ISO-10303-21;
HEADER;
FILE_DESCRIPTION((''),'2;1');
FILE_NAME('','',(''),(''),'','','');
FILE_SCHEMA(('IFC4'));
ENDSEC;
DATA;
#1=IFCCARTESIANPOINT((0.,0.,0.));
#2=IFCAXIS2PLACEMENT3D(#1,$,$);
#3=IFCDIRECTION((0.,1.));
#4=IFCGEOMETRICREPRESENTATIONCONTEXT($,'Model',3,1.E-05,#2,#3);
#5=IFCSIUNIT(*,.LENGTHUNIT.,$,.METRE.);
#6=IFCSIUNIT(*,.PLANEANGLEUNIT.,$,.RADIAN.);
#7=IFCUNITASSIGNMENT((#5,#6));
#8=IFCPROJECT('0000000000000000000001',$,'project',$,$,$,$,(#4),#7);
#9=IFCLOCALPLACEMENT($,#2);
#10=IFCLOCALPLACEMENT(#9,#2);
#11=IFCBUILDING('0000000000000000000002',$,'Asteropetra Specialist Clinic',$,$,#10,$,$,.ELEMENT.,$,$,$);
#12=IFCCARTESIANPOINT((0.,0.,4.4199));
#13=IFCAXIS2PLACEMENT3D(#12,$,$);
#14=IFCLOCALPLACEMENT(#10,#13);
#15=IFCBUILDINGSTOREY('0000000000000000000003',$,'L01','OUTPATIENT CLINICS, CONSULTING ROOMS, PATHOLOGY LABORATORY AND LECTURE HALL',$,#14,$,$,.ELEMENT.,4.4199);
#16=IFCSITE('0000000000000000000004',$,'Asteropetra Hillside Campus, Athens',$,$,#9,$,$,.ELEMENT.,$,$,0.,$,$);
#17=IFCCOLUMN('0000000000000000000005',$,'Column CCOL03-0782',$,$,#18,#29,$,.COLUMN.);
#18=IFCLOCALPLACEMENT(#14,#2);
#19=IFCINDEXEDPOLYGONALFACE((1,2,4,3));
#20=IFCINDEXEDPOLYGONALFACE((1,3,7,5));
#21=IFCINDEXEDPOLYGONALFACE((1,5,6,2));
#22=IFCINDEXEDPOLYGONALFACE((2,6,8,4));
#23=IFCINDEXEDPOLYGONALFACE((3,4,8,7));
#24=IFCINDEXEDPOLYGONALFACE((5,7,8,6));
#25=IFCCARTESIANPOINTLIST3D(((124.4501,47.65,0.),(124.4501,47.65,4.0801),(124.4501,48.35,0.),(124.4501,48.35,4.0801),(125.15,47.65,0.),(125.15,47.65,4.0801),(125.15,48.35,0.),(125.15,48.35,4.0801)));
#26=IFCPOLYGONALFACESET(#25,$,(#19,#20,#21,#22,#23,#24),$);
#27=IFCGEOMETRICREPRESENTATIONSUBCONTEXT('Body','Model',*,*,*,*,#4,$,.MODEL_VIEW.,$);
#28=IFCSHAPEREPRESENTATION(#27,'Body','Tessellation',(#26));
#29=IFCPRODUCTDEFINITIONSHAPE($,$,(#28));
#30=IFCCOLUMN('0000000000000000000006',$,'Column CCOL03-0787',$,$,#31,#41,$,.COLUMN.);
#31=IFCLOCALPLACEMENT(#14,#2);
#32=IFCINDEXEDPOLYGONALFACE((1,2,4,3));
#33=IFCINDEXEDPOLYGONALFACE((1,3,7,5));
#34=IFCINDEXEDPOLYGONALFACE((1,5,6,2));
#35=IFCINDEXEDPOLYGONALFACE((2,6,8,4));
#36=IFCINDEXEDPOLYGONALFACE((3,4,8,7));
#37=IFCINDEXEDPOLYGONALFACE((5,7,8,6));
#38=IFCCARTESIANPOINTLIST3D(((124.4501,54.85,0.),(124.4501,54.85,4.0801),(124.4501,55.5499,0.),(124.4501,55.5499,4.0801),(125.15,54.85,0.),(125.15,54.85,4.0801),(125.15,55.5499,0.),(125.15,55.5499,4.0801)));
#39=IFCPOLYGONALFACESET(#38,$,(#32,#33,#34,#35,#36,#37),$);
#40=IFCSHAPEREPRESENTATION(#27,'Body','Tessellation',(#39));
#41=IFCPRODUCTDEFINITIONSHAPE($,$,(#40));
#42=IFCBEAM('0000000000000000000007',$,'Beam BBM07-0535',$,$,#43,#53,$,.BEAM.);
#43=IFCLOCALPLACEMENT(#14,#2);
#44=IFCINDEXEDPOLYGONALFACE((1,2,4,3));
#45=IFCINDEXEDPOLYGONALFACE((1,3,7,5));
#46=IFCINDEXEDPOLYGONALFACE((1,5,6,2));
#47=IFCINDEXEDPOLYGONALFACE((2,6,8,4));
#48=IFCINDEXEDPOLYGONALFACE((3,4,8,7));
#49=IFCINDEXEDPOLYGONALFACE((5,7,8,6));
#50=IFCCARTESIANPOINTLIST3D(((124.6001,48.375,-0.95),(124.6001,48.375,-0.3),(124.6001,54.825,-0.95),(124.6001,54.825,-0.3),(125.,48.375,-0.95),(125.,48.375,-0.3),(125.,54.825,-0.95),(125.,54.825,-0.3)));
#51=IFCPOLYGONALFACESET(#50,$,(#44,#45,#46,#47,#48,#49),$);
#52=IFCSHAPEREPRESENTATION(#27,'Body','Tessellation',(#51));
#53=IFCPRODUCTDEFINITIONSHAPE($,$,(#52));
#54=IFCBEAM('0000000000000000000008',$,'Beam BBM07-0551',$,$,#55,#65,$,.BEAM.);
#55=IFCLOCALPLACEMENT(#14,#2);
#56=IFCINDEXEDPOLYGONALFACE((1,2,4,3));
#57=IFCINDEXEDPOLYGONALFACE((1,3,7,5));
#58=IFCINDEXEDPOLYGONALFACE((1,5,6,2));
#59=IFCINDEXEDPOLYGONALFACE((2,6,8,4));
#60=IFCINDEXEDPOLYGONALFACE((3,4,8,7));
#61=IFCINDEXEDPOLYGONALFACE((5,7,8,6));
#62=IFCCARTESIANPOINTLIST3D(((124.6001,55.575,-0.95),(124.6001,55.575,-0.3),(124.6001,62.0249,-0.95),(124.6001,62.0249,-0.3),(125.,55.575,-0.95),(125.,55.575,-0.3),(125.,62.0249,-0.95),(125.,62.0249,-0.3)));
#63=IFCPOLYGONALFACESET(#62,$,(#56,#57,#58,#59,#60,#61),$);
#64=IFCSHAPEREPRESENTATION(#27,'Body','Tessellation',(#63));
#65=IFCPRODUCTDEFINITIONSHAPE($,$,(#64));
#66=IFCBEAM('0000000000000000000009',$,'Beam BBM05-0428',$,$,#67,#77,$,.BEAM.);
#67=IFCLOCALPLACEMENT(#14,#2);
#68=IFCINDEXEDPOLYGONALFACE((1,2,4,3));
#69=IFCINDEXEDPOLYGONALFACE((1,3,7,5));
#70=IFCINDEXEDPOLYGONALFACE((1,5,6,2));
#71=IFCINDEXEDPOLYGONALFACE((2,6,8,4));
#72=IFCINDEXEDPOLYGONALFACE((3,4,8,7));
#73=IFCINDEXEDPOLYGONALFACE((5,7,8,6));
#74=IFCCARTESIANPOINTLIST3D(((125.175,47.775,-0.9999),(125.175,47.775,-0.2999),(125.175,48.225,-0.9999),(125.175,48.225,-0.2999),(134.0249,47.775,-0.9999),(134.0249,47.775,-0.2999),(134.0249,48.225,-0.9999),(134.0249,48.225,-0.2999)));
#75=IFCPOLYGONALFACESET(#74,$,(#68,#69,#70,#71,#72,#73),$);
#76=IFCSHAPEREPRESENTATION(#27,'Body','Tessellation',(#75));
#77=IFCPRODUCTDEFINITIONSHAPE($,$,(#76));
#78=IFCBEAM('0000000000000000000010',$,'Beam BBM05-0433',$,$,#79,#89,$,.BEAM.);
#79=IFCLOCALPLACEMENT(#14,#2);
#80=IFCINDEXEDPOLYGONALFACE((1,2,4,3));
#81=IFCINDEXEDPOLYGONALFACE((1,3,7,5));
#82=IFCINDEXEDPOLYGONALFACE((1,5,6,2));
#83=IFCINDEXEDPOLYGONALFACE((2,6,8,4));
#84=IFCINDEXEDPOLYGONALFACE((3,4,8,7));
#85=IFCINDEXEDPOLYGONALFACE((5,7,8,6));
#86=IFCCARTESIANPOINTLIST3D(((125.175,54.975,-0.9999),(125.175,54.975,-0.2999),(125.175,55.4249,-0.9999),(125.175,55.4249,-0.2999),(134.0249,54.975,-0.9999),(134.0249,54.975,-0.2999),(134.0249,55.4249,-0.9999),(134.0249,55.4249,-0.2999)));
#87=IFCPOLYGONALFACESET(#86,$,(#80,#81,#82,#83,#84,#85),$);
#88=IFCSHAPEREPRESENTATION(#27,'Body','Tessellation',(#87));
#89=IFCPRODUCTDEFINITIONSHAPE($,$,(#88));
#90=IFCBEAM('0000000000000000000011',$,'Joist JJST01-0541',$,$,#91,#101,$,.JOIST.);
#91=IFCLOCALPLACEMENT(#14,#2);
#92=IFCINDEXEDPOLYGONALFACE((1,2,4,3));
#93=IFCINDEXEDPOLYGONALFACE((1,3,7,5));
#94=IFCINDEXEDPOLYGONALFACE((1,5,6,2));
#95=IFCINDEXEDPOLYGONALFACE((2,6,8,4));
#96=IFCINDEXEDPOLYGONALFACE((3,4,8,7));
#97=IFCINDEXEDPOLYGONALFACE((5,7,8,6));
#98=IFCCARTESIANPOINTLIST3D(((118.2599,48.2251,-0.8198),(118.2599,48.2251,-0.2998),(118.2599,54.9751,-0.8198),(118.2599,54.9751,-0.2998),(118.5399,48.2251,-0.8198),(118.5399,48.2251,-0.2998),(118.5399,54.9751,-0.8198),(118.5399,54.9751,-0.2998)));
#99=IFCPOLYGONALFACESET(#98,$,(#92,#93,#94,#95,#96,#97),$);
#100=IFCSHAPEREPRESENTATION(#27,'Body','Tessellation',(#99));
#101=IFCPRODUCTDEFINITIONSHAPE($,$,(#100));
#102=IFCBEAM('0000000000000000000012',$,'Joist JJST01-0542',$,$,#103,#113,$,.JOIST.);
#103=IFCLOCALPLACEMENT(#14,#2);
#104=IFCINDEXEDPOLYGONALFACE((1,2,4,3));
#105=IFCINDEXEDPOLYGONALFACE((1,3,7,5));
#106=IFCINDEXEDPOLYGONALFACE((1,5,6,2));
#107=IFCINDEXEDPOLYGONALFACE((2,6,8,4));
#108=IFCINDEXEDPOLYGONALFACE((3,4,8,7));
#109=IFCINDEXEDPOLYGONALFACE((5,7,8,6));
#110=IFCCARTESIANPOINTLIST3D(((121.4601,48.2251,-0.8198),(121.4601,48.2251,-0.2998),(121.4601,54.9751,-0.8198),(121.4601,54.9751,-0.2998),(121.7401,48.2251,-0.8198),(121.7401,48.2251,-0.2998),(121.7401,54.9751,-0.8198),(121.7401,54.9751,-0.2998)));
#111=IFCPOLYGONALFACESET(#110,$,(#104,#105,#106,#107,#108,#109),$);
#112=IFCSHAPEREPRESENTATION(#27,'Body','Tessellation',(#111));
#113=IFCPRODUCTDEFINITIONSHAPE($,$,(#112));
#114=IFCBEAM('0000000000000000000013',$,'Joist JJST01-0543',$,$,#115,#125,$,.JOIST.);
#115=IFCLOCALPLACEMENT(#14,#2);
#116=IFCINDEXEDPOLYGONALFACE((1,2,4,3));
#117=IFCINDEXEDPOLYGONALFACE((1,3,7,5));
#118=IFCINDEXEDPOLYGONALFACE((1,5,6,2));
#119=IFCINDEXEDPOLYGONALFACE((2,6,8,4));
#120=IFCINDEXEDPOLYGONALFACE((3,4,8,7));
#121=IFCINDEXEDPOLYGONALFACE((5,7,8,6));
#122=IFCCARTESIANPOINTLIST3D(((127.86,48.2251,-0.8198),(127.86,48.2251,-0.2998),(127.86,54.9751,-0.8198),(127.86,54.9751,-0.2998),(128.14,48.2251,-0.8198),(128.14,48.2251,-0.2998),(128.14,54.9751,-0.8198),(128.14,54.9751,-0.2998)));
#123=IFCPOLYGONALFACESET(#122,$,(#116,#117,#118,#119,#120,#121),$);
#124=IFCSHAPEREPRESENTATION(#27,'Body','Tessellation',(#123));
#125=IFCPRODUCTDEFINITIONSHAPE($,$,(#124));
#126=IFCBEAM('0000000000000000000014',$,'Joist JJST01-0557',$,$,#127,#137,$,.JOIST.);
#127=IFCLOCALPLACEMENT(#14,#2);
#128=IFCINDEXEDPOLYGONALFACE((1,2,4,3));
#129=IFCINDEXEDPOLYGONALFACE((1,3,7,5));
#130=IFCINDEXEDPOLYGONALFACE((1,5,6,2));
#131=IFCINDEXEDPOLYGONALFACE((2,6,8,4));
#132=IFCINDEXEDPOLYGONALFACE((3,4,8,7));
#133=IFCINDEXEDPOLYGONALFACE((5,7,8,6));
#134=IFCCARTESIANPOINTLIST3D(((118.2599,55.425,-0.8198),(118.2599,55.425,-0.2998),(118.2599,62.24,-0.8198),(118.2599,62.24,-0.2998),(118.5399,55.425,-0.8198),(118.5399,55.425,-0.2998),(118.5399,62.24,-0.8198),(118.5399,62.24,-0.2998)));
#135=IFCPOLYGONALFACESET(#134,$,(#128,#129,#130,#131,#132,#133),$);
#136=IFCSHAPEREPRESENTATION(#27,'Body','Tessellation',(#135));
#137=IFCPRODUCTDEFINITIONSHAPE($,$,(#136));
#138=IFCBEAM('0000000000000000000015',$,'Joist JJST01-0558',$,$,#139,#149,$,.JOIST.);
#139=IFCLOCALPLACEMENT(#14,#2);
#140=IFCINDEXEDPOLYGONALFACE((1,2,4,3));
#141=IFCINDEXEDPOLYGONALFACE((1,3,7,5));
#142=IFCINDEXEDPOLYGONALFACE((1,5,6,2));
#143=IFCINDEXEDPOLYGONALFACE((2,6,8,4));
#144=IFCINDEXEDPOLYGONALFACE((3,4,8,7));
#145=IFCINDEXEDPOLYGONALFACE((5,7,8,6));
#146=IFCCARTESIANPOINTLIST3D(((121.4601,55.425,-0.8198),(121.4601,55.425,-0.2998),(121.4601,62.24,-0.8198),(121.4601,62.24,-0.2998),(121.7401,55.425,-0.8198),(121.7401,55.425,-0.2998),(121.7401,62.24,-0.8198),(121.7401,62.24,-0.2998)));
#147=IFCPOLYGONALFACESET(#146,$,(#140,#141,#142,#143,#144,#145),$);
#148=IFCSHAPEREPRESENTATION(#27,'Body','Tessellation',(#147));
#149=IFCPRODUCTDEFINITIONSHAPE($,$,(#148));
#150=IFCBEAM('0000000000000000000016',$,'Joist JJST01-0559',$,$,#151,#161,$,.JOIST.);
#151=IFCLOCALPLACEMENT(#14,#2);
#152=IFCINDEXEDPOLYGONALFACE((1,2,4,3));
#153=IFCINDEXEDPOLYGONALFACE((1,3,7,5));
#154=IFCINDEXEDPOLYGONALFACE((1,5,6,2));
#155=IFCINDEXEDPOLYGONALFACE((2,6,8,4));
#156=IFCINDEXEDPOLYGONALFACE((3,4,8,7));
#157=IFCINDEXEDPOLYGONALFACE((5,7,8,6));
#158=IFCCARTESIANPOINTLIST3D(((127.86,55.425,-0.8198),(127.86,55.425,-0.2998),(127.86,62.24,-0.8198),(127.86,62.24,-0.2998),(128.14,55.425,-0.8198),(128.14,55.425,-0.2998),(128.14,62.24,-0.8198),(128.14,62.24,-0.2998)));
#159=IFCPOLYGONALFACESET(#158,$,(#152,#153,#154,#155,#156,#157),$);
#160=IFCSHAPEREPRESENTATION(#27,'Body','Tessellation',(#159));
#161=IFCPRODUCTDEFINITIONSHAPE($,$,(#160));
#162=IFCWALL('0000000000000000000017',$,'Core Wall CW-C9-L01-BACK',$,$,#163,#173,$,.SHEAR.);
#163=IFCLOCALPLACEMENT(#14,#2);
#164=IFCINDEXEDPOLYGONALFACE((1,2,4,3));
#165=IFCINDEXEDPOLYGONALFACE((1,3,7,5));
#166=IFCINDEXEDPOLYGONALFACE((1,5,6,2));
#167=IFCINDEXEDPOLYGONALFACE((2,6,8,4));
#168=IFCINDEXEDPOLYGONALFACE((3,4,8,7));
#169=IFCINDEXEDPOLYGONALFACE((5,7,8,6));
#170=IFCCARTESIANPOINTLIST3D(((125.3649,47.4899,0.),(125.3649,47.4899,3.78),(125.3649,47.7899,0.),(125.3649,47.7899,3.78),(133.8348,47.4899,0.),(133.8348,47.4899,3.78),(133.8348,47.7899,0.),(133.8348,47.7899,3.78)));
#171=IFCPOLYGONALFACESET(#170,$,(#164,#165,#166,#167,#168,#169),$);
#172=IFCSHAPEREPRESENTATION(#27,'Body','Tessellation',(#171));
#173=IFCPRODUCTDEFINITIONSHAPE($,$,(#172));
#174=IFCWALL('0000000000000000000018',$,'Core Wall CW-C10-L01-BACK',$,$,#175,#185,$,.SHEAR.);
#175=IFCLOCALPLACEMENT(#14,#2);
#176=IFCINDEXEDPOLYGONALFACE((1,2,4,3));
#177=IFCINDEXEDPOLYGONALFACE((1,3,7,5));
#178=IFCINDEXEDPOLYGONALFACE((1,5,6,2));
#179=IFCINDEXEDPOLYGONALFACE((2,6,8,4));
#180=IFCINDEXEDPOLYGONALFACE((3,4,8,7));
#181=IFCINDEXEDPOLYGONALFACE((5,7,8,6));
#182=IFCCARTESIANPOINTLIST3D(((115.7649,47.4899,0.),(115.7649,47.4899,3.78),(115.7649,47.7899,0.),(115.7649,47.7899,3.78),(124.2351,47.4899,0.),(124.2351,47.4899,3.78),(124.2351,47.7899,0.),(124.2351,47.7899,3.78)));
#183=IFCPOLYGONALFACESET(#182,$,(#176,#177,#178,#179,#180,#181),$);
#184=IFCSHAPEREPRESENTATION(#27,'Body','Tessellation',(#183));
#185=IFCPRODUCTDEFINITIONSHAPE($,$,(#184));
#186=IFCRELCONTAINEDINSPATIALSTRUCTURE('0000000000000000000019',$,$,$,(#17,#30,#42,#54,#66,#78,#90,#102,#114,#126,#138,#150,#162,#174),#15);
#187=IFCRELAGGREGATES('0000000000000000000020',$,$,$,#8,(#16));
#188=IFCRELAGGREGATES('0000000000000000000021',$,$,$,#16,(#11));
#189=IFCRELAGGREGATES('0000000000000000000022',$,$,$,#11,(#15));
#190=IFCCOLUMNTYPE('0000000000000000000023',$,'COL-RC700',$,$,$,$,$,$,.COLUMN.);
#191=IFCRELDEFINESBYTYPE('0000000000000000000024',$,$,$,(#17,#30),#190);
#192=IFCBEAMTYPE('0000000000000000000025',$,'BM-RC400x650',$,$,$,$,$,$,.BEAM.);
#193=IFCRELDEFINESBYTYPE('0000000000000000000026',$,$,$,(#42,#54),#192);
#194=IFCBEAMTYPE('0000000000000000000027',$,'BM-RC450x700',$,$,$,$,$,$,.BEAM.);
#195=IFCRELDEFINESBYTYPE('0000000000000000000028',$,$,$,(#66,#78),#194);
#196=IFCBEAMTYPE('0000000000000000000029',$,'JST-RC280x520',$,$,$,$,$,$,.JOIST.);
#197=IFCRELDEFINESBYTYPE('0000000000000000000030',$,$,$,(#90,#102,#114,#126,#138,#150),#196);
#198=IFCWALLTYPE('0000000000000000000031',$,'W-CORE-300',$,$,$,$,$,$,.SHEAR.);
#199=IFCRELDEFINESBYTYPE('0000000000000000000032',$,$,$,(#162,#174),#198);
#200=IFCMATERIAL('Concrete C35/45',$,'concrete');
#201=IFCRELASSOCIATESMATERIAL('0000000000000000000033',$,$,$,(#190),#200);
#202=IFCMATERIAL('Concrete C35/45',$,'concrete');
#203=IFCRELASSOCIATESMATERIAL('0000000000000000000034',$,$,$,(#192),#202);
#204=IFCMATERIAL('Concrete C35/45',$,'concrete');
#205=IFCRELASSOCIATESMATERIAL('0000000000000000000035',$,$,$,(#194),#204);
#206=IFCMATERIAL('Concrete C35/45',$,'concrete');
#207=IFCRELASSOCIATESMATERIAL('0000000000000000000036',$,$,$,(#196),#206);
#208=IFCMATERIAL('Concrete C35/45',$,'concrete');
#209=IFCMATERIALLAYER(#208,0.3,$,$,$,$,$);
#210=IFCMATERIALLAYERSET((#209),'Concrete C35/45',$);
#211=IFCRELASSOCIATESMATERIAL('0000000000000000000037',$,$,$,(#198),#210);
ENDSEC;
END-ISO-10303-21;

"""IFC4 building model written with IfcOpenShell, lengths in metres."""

from ifc_helpers import new_model, si_unit, direction, frame, frame_2d, origin, origin_2d, place, context, subcontext, project, spatial, rectangle, extrude, material, layer, layer_set, material_profile, profile_set, type_object, element, save


model = new_model("IFC4")

# Units and contexts
model_context = context("Model", 3, precision=1e-05, world=origin(), true_north=direction((0.0, 1.0)))
body_context = subcontext(model_context, "Body", "Model", "MODEL_VIEW")
ifc_project = project(units=[si_unit("LENGTHUNIT", "METRE"), si_unit("PLANEANGLEUNIT", "RADIAN")], contexts=[model_context])

# Site, building, storey
site_placement = place(None, origin())
site = spatial("IfcSite", under=ifc_project, at=site_placement, Name="Asteropetra Hillside Campus, Athens", CompositionType="ELEMENT", RefElevation=0.0)
building_placement = place(site_placement, origin())
building = spatial("IfcBuilding", under=site, at=building_placement, Name="Asteropetra Specialist Clinic", CompositionType="ELEMENT")
storey_placement = place(building_placement, frame((0.0, 0.0, 4.4199)))
storey = spatial("IfcBuildingStorey", under=building, at=storey_placement, Name="L01", Description="OUTPATIENT CLINICS, CONSULTING ROOMS, PATHOLOGY LABORATORY AND LECTURE HALL", CompositionType="ELEMENT", Elevation=4.4199)

# Columns
ifc_material_1 = material(Name="Concrete C35/45", Category="concrete")
ifc_material_profile_1 = material_profile(ifc_material_1, rectangle(XDim=0.7, YDim=0.7, at=origin_2d()), Name="RC 700x700")
ifc_profile_set_1 = profile_set([ifc_material_profile_1], Name="Concrete C35/45")
column_type = type_object("IfcColumnType", Name="COL-RC700", PredefinedType="COLUMN", material=ifc_profile_set_1)
for number, where, z_axis, x_axis, name in (
    (1, (124.8, 48.0, 0.0), (0.0, 0.0, 1.0), (1.0, 0.0, 0.0), "Column CCOL03-0782"),
    (2, (124.8, 55.2, 0.0), (0.0, 0.0, 1.0), (1.0, 0.0, 0.0), "Column CCOL03-0787"),
):
    element("IfcColumn", number, at=place(storey_placement, frame(where, z_axis=z_axis, x_axis=x_axis)), inside=storey, type_object=column_type, Name=name, PredefinedType="COLUMN", context=body_context, shape_type="SweptSolid", body=[
        extrude(rectangle(XDim=0.7, YDim=0.7, at=origin_2d()), origin(), (0.0, 0.0, 1.0), 4.0801),
    ])

# Beams
ifc_material_2 = material(Name="Concrete C35/45", Category="concrete")
ifc_material_profile_2 = material_profile(ifc_material_2, rectangle(XDim=0.3999, YDim=0.6499, at=origin_2d()), Name="RCB 400x650")
ifc_profile_set_2 = profile_set([ifc_material_profile_2], Name="Concrete C35/45")
beam_type_1 = type_object("IfcBeamType", Name="BM-RC400x650", PredefinedType="BEAM", material=ifc_profile_set_2)
for number, where, z_axis, x_axis, name in (
    (3, (124.8, 48.375, -0.625), (0.0, 1.0, 0.0), (-1.0, 0.0, 0.0), "Beam BBM07-0535"),
    (4, (124.8, 55.575, -0.625), (0.0, 1.0, 0.0), (-1.0, 0.0, 0.0), "Beam BBM07-0551"),
):
    element("IfcBeam", number, at=place(storey_placement, frame(where, z_axis=z_axis, x_axis=x_axis)), inside=storey, type_object=beam_type_1, Name=name, PredefinedType="BEAM", context=body_context, shape_type="SweptSolid", body=[
        extrude(rectangle(XDim=0.3999, YDim=0.6499, at=origin_2d()), origin(), (0.0, 0.0, 1.0), 6.45),
    ])
ifc_material_3 = material(Name="Concrete C35/45", Category="concrete")
ifc_material_profile_3 = material_profile(ifc_material_3, rectangle(XDim=0.45, YDim=0.7, at=origin_2d()), Name="RCB 450x700")
ifc_profile_set_3 = profile_set([ifc_material_profile_3], Name="Concrete C35/45")
beam_type_2 = type_object("IfcBeamType", Name="BM-RC450x700", PredefinedType="BEAM", material=ifc_profile_set_3)
for number, where, z_axis, x_axis, name in (
    (5, (125.175, 48.0, -0.6499), (1.0, 0.0, 0.0), (0.0, 1.0, 0.0), "Beam BBM05-0428"),
    (6, (125.175, 55.2, -0.6499), (1.0, 0.0, 0.0), (0.0, 1.0, 0.0), "Beam BBM05-0433"),
):
    element("IfcBeam", number, at=place(storey_placement, frame(where, z_axis=z_axis, x_axis=x_axis)), inside=storey, type_object=beam_type_2, Name=name, PredefinedType="BEAM", context=body_context, shape_type="SweptSolid", body=[
        extrude(rectangle(XDim=0.45, YDim=0.7, at=origin_2d()), origin(), (0.0, 0.0, 1.0), 8.8499),
    ])
ifc_material_4 = material(Name="Concrete C35/45", Category="concrete")
ifc_material_profile_4 = material_profile(ifc_material_4, rectangle(XDim=0.28, YDim=0.52, at=origin_2d()), Name="RCJ 280x520")
ifc_profile_set_4 = profile_set([ifc_material_profile_4], Name="Concrete C35/45")
beam_type_3 = type_object("IfcBeamType", Name="JST-RC280x520", PredefinedType="JOIST", material=ifc_profile_set_4)
for number, where, z_axis, x_axis, name in (
    (7, (118.3999, 48.2251, -0.5598), (0.0, 1.0, 0.0), (-1.0, 0.0, 0.0), "Joist JJST01-0541"),
    (8, (121.6001, 48.2251, -0.5598), (0.0, 1.0, 0.0), (-1.0, 0.0, 0.0), "Joist JJST01-0542"),
    (9, (128.0, 48.2251, -0.5598), (0.0, 1.0, 0.0), (-1.0, 0.0, 0.0), "Joist JJST01-0543"),
):
    element("IfcBeam", number, at=place(storey_placement, frame(where, z_axis=z_axis, x_axis=x_axis)), inside=storey, type_object=beam_type_3, Name=name, PredefinedType="JOIST", context=body_context, shape_type="SweptSolid", body=[
        extrude(rectangle(XDim=0.28, YDim=0.52, at=origin_2d()), origin(), (0.0, 0.0, 1.0), 6.75),
    ])
for number, where, z_axis, x_axis, name in (
    (10, (118.3999, 55.425, -0.5598), (0.0, 1.0, 0.0), (-1.0, 0.0, 0.0), "Joist JJST01-0557"),
    (11, (121.6001, 55.425, -0.5598), (0.0, 1.0, 0.0), (-1.0, 0.0, 0.0), "Joist JJST01-0558"),
    (12, (128.0, 55.425, -0.5598), (0.0, 1.0, 0.0), (-1.0, 0.0, 0.0), "Joist JJST01-0559"),
):
    element("IfcBeam", number, at=place(storey_placement, frame(where, z_axis=z_axis, x_axis=x_axis)), inside=storey, type_object=beam_type_3, Name=name, PredefinedType="JOIST", context=body_context, shape_type="SweptSolid", body=[
        extrude(rectangle(XDim=0.28, YDim=0.52, at=origin_2d()), origin(), (0.0, 0.0, 1.0), 6.8149),
    ])

# Walls
ifc_material_5 = material(Name="Concrete C35/45", Category="concrete")
ifc_layer_1 = layer(ifc_material_5, 0.3)
ifc_layer_set_1 = layer_set([ifc_layer_1], Name="Concrete C35/45")
wall_type_1 = type_object("IfcWallType", Name="W-CORE-300", PredefinedType="SHEAR", material=ifc_layer_set_1)
wall_1_placement = place(storey_placement, frame((125.365, 47.6399, 0.0), z_axis=(0.0, 0.0, 1.0), x_axis=(1.0, 0.0, 0.0)))
element("IfcWall", 13, at=wall_1_placement, inside=storey, type_object=wall_type_1, Name="Core Wall CW-C9-L01-BACK", PredefinedType="SHEAR", context=body_context, shape_type="SweptSolid", body=[
    extrude(rectangle(XDim=8.47, YDim=0.3, at=frame_2d((4.2349, 0.0))), origin(), (0.0, 0.0, 1.0), 3.78),
])
wall_2_placement = place(storey_placement, frame((115.7649, 47.6399, 0.0), z_axis=(0.0, 0.0, 1.0), x_axis=(1.0, 0.0, 0.0)))
element("IfcWall", 14, at=wall_2_placement, inside=storey, type_object=wall_type_1, Name="Core Wall CW-C10-L01-BACK", PredefinedType="SHEAR", context=body_context, shape_type="SweptSolid", body=[
    extrude(rectangle(XDim=8.4702, YDim=0.3, at=frame_2d((4.2351, 0.0))), origin(), (0.0, 0.0, 1.0), 3.78),
])

save(model, "model.ifc")
